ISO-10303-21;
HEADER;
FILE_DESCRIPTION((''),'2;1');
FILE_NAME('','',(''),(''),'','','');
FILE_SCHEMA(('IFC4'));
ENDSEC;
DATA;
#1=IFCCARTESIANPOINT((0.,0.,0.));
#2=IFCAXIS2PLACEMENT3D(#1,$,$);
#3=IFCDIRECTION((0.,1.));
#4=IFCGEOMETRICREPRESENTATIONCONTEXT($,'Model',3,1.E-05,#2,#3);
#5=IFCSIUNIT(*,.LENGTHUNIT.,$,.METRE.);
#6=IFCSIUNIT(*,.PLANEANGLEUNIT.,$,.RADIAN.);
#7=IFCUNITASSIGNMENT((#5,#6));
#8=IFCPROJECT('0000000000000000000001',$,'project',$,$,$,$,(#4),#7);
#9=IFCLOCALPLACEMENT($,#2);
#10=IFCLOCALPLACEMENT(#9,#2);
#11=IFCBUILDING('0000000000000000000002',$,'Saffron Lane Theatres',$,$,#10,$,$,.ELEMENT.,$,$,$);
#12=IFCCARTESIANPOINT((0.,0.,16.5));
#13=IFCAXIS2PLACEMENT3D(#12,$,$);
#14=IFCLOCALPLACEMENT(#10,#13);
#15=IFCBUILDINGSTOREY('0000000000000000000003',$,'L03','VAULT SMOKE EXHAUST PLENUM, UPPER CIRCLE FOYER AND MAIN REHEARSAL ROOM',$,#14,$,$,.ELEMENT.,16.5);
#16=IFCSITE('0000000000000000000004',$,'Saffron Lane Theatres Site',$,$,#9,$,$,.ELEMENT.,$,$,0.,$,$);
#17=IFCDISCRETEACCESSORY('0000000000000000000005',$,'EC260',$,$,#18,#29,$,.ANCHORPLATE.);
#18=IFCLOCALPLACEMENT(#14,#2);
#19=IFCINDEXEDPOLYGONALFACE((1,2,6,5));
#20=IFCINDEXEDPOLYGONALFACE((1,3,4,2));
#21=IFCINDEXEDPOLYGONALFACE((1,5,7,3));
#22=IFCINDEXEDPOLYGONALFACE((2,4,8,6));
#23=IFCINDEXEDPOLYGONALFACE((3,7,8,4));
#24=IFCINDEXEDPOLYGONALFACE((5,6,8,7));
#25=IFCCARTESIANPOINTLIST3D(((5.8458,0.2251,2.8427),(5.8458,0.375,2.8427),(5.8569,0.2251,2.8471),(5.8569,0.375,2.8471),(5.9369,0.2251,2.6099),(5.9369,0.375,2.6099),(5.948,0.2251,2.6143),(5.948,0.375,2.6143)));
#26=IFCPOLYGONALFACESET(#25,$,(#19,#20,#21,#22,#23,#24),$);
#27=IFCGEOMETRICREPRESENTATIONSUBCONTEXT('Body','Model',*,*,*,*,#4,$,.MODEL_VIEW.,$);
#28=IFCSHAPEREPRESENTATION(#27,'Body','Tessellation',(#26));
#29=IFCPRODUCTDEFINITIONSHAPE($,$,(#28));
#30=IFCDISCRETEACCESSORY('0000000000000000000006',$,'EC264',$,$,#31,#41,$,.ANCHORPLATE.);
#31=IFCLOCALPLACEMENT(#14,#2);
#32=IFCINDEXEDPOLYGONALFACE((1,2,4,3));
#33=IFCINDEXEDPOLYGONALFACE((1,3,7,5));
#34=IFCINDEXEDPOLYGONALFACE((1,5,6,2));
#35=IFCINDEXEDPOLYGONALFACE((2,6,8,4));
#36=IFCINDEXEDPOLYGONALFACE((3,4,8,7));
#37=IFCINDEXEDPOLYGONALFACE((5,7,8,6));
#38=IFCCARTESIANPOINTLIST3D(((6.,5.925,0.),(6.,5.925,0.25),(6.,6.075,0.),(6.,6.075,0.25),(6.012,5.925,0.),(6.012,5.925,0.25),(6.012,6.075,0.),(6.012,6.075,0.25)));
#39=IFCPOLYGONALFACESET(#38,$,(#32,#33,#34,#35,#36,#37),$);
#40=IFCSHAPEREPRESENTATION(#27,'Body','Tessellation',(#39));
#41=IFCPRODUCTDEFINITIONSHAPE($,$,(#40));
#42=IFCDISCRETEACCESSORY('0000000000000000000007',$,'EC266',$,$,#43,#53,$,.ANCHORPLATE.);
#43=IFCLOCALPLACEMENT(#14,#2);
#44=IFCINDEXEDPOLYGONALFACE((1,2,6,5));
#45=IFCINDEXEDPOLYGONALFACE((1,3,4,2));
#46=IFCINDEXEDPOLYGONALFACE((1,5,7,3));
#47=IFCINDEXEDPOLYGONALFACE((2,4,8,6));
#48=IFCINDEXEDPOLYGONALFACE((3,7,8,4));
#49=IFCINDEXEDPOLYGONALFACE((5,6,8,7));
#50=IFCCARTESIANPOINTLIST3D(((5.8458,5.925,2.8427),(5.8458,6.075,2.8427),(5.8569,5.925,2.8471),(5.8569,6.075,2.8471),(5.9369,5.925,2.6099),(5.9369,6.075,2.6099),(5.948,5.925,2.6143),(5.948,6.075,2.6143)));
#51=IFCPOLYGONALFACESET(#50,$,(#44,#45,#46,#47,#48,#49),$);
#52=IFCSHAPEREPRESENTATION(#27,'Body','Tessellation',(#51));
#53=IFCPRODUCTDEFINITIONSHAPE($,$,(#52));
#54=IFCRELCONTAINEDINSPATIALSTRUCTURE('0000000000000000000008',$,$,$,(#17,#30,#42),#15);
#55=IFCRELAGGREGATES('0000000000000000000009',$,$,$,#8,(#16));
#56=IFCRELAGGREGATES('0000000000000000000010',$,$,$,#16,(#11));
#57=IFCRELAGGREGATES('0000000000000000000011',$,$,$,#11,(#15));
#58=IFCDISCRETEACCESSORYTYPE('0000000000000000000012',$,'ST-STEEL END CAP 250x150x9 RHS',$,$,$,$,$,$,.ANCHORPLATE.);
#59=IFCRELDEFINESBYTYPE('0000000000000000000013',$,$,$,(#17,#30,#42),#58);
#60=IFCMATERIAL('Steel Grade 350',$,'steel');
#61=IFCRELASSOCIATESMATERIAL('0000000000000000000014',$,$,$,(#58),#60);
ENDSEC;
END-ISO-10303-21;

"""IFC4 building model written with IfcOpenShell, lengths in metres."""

from ifc_helpers import new_model, si_unit, direction, frame, origin, origin_2d, place, context, subcontext, project, spatial, rectangle, extrude, material, material_profile, profile_set, type_object, element, save


model = new_model("IFC4")

# Units and contexts
model_context = context("Model", 3, precision=1e-05, world=origin(), true_north=direction((0.0, 1.0)))
body_context = subcontext(model_context, "Body", "Model", "MODEL_VIEW")
ifc_project = project(units=[si_unit("LENGTHUNIT", "METRE"), si_unit("PLANEANGLEUNIT", "RADIAN")], contexts=[model_context])

# Site, building, storey
site_placement = place(None, origin())
site = spatial("IfcSite", under=ifc_project, at=site_placement, Name="Saffron Lane Theatres Site", CompositionType="ELEMENT", RefElevation=0.0)
building_placement = place(site_placement, origin())
building = spatial("IfcBuilding", under=site, at=building_placement, Name="Saffron Lane Theatres", CompositionType="ELEMENT")
storey_placement = place(building_placement, frame((0.0, 0.0, 16.5)))
storey = spatial("IfcBuildingStorey", under=building, at=storey_placement, Name="L03", Description="VAULT SMOKE EXHAUST PLENUM, UPPER CIRCLE FOYER AND MAIN REHEARSAL ROOM", CompositionType="ELEMENT", Elevation=16.5)

# Discrete accessories
ifc_material_1 = material(Name="Steel Grade 350", Category="steel")
ifc_material_profile_1 = material_profile(ifc_material_1, rectangle(XDim=0.1499, YDim=0.25, at=origin_2d()))
ifc_profile_set_1 = profile_set([ifc_material_profile_1], Name="Steel Grade 350")
discrete_accessory_type_1 = type_object("IfcDiscreteAccessoryType", Name="ST-STEEL END CAP 250x150x9 RHS", PredefinedType="ANCHORPLATE", material=ifc_profile_set_1)
for number, where, z_axis, x_axis, name in (
    (1, (5.8914, 0.3, 2.7263), (0.931243, 0.0, 0.364399), (0.0, 1.0, 0.0), "EC260"),
    (2, (6.0, 6.0, 0.125), (1.0, 0.0, 0.0), (0.0, 1.0, 0.0), "EC264"),
    (3, (5.8914, 6.0, 2.7263), (0.931243, 0.0, 0.364399), (0.0, 1.0, 0.0), "EC266"),
):
    element("IfcDiscreteAccessory", number, at=place(storey_placement, frame(where, z_axis=z_axis, x_axis=x_axis)), inside=storey, type_object=discrete_accessory_type_1, Name=name, PredefinedType="ANCHORPLATE", context=body_context, shape_type="SweptSolid", body=[
        extrude(rectangle(XDim=0.1499, YDim=0.25, at=origin_2d()), origin(), (0.0, 0.0, 1.0), 0.012),
    ])

save(model, "model.ifc")
